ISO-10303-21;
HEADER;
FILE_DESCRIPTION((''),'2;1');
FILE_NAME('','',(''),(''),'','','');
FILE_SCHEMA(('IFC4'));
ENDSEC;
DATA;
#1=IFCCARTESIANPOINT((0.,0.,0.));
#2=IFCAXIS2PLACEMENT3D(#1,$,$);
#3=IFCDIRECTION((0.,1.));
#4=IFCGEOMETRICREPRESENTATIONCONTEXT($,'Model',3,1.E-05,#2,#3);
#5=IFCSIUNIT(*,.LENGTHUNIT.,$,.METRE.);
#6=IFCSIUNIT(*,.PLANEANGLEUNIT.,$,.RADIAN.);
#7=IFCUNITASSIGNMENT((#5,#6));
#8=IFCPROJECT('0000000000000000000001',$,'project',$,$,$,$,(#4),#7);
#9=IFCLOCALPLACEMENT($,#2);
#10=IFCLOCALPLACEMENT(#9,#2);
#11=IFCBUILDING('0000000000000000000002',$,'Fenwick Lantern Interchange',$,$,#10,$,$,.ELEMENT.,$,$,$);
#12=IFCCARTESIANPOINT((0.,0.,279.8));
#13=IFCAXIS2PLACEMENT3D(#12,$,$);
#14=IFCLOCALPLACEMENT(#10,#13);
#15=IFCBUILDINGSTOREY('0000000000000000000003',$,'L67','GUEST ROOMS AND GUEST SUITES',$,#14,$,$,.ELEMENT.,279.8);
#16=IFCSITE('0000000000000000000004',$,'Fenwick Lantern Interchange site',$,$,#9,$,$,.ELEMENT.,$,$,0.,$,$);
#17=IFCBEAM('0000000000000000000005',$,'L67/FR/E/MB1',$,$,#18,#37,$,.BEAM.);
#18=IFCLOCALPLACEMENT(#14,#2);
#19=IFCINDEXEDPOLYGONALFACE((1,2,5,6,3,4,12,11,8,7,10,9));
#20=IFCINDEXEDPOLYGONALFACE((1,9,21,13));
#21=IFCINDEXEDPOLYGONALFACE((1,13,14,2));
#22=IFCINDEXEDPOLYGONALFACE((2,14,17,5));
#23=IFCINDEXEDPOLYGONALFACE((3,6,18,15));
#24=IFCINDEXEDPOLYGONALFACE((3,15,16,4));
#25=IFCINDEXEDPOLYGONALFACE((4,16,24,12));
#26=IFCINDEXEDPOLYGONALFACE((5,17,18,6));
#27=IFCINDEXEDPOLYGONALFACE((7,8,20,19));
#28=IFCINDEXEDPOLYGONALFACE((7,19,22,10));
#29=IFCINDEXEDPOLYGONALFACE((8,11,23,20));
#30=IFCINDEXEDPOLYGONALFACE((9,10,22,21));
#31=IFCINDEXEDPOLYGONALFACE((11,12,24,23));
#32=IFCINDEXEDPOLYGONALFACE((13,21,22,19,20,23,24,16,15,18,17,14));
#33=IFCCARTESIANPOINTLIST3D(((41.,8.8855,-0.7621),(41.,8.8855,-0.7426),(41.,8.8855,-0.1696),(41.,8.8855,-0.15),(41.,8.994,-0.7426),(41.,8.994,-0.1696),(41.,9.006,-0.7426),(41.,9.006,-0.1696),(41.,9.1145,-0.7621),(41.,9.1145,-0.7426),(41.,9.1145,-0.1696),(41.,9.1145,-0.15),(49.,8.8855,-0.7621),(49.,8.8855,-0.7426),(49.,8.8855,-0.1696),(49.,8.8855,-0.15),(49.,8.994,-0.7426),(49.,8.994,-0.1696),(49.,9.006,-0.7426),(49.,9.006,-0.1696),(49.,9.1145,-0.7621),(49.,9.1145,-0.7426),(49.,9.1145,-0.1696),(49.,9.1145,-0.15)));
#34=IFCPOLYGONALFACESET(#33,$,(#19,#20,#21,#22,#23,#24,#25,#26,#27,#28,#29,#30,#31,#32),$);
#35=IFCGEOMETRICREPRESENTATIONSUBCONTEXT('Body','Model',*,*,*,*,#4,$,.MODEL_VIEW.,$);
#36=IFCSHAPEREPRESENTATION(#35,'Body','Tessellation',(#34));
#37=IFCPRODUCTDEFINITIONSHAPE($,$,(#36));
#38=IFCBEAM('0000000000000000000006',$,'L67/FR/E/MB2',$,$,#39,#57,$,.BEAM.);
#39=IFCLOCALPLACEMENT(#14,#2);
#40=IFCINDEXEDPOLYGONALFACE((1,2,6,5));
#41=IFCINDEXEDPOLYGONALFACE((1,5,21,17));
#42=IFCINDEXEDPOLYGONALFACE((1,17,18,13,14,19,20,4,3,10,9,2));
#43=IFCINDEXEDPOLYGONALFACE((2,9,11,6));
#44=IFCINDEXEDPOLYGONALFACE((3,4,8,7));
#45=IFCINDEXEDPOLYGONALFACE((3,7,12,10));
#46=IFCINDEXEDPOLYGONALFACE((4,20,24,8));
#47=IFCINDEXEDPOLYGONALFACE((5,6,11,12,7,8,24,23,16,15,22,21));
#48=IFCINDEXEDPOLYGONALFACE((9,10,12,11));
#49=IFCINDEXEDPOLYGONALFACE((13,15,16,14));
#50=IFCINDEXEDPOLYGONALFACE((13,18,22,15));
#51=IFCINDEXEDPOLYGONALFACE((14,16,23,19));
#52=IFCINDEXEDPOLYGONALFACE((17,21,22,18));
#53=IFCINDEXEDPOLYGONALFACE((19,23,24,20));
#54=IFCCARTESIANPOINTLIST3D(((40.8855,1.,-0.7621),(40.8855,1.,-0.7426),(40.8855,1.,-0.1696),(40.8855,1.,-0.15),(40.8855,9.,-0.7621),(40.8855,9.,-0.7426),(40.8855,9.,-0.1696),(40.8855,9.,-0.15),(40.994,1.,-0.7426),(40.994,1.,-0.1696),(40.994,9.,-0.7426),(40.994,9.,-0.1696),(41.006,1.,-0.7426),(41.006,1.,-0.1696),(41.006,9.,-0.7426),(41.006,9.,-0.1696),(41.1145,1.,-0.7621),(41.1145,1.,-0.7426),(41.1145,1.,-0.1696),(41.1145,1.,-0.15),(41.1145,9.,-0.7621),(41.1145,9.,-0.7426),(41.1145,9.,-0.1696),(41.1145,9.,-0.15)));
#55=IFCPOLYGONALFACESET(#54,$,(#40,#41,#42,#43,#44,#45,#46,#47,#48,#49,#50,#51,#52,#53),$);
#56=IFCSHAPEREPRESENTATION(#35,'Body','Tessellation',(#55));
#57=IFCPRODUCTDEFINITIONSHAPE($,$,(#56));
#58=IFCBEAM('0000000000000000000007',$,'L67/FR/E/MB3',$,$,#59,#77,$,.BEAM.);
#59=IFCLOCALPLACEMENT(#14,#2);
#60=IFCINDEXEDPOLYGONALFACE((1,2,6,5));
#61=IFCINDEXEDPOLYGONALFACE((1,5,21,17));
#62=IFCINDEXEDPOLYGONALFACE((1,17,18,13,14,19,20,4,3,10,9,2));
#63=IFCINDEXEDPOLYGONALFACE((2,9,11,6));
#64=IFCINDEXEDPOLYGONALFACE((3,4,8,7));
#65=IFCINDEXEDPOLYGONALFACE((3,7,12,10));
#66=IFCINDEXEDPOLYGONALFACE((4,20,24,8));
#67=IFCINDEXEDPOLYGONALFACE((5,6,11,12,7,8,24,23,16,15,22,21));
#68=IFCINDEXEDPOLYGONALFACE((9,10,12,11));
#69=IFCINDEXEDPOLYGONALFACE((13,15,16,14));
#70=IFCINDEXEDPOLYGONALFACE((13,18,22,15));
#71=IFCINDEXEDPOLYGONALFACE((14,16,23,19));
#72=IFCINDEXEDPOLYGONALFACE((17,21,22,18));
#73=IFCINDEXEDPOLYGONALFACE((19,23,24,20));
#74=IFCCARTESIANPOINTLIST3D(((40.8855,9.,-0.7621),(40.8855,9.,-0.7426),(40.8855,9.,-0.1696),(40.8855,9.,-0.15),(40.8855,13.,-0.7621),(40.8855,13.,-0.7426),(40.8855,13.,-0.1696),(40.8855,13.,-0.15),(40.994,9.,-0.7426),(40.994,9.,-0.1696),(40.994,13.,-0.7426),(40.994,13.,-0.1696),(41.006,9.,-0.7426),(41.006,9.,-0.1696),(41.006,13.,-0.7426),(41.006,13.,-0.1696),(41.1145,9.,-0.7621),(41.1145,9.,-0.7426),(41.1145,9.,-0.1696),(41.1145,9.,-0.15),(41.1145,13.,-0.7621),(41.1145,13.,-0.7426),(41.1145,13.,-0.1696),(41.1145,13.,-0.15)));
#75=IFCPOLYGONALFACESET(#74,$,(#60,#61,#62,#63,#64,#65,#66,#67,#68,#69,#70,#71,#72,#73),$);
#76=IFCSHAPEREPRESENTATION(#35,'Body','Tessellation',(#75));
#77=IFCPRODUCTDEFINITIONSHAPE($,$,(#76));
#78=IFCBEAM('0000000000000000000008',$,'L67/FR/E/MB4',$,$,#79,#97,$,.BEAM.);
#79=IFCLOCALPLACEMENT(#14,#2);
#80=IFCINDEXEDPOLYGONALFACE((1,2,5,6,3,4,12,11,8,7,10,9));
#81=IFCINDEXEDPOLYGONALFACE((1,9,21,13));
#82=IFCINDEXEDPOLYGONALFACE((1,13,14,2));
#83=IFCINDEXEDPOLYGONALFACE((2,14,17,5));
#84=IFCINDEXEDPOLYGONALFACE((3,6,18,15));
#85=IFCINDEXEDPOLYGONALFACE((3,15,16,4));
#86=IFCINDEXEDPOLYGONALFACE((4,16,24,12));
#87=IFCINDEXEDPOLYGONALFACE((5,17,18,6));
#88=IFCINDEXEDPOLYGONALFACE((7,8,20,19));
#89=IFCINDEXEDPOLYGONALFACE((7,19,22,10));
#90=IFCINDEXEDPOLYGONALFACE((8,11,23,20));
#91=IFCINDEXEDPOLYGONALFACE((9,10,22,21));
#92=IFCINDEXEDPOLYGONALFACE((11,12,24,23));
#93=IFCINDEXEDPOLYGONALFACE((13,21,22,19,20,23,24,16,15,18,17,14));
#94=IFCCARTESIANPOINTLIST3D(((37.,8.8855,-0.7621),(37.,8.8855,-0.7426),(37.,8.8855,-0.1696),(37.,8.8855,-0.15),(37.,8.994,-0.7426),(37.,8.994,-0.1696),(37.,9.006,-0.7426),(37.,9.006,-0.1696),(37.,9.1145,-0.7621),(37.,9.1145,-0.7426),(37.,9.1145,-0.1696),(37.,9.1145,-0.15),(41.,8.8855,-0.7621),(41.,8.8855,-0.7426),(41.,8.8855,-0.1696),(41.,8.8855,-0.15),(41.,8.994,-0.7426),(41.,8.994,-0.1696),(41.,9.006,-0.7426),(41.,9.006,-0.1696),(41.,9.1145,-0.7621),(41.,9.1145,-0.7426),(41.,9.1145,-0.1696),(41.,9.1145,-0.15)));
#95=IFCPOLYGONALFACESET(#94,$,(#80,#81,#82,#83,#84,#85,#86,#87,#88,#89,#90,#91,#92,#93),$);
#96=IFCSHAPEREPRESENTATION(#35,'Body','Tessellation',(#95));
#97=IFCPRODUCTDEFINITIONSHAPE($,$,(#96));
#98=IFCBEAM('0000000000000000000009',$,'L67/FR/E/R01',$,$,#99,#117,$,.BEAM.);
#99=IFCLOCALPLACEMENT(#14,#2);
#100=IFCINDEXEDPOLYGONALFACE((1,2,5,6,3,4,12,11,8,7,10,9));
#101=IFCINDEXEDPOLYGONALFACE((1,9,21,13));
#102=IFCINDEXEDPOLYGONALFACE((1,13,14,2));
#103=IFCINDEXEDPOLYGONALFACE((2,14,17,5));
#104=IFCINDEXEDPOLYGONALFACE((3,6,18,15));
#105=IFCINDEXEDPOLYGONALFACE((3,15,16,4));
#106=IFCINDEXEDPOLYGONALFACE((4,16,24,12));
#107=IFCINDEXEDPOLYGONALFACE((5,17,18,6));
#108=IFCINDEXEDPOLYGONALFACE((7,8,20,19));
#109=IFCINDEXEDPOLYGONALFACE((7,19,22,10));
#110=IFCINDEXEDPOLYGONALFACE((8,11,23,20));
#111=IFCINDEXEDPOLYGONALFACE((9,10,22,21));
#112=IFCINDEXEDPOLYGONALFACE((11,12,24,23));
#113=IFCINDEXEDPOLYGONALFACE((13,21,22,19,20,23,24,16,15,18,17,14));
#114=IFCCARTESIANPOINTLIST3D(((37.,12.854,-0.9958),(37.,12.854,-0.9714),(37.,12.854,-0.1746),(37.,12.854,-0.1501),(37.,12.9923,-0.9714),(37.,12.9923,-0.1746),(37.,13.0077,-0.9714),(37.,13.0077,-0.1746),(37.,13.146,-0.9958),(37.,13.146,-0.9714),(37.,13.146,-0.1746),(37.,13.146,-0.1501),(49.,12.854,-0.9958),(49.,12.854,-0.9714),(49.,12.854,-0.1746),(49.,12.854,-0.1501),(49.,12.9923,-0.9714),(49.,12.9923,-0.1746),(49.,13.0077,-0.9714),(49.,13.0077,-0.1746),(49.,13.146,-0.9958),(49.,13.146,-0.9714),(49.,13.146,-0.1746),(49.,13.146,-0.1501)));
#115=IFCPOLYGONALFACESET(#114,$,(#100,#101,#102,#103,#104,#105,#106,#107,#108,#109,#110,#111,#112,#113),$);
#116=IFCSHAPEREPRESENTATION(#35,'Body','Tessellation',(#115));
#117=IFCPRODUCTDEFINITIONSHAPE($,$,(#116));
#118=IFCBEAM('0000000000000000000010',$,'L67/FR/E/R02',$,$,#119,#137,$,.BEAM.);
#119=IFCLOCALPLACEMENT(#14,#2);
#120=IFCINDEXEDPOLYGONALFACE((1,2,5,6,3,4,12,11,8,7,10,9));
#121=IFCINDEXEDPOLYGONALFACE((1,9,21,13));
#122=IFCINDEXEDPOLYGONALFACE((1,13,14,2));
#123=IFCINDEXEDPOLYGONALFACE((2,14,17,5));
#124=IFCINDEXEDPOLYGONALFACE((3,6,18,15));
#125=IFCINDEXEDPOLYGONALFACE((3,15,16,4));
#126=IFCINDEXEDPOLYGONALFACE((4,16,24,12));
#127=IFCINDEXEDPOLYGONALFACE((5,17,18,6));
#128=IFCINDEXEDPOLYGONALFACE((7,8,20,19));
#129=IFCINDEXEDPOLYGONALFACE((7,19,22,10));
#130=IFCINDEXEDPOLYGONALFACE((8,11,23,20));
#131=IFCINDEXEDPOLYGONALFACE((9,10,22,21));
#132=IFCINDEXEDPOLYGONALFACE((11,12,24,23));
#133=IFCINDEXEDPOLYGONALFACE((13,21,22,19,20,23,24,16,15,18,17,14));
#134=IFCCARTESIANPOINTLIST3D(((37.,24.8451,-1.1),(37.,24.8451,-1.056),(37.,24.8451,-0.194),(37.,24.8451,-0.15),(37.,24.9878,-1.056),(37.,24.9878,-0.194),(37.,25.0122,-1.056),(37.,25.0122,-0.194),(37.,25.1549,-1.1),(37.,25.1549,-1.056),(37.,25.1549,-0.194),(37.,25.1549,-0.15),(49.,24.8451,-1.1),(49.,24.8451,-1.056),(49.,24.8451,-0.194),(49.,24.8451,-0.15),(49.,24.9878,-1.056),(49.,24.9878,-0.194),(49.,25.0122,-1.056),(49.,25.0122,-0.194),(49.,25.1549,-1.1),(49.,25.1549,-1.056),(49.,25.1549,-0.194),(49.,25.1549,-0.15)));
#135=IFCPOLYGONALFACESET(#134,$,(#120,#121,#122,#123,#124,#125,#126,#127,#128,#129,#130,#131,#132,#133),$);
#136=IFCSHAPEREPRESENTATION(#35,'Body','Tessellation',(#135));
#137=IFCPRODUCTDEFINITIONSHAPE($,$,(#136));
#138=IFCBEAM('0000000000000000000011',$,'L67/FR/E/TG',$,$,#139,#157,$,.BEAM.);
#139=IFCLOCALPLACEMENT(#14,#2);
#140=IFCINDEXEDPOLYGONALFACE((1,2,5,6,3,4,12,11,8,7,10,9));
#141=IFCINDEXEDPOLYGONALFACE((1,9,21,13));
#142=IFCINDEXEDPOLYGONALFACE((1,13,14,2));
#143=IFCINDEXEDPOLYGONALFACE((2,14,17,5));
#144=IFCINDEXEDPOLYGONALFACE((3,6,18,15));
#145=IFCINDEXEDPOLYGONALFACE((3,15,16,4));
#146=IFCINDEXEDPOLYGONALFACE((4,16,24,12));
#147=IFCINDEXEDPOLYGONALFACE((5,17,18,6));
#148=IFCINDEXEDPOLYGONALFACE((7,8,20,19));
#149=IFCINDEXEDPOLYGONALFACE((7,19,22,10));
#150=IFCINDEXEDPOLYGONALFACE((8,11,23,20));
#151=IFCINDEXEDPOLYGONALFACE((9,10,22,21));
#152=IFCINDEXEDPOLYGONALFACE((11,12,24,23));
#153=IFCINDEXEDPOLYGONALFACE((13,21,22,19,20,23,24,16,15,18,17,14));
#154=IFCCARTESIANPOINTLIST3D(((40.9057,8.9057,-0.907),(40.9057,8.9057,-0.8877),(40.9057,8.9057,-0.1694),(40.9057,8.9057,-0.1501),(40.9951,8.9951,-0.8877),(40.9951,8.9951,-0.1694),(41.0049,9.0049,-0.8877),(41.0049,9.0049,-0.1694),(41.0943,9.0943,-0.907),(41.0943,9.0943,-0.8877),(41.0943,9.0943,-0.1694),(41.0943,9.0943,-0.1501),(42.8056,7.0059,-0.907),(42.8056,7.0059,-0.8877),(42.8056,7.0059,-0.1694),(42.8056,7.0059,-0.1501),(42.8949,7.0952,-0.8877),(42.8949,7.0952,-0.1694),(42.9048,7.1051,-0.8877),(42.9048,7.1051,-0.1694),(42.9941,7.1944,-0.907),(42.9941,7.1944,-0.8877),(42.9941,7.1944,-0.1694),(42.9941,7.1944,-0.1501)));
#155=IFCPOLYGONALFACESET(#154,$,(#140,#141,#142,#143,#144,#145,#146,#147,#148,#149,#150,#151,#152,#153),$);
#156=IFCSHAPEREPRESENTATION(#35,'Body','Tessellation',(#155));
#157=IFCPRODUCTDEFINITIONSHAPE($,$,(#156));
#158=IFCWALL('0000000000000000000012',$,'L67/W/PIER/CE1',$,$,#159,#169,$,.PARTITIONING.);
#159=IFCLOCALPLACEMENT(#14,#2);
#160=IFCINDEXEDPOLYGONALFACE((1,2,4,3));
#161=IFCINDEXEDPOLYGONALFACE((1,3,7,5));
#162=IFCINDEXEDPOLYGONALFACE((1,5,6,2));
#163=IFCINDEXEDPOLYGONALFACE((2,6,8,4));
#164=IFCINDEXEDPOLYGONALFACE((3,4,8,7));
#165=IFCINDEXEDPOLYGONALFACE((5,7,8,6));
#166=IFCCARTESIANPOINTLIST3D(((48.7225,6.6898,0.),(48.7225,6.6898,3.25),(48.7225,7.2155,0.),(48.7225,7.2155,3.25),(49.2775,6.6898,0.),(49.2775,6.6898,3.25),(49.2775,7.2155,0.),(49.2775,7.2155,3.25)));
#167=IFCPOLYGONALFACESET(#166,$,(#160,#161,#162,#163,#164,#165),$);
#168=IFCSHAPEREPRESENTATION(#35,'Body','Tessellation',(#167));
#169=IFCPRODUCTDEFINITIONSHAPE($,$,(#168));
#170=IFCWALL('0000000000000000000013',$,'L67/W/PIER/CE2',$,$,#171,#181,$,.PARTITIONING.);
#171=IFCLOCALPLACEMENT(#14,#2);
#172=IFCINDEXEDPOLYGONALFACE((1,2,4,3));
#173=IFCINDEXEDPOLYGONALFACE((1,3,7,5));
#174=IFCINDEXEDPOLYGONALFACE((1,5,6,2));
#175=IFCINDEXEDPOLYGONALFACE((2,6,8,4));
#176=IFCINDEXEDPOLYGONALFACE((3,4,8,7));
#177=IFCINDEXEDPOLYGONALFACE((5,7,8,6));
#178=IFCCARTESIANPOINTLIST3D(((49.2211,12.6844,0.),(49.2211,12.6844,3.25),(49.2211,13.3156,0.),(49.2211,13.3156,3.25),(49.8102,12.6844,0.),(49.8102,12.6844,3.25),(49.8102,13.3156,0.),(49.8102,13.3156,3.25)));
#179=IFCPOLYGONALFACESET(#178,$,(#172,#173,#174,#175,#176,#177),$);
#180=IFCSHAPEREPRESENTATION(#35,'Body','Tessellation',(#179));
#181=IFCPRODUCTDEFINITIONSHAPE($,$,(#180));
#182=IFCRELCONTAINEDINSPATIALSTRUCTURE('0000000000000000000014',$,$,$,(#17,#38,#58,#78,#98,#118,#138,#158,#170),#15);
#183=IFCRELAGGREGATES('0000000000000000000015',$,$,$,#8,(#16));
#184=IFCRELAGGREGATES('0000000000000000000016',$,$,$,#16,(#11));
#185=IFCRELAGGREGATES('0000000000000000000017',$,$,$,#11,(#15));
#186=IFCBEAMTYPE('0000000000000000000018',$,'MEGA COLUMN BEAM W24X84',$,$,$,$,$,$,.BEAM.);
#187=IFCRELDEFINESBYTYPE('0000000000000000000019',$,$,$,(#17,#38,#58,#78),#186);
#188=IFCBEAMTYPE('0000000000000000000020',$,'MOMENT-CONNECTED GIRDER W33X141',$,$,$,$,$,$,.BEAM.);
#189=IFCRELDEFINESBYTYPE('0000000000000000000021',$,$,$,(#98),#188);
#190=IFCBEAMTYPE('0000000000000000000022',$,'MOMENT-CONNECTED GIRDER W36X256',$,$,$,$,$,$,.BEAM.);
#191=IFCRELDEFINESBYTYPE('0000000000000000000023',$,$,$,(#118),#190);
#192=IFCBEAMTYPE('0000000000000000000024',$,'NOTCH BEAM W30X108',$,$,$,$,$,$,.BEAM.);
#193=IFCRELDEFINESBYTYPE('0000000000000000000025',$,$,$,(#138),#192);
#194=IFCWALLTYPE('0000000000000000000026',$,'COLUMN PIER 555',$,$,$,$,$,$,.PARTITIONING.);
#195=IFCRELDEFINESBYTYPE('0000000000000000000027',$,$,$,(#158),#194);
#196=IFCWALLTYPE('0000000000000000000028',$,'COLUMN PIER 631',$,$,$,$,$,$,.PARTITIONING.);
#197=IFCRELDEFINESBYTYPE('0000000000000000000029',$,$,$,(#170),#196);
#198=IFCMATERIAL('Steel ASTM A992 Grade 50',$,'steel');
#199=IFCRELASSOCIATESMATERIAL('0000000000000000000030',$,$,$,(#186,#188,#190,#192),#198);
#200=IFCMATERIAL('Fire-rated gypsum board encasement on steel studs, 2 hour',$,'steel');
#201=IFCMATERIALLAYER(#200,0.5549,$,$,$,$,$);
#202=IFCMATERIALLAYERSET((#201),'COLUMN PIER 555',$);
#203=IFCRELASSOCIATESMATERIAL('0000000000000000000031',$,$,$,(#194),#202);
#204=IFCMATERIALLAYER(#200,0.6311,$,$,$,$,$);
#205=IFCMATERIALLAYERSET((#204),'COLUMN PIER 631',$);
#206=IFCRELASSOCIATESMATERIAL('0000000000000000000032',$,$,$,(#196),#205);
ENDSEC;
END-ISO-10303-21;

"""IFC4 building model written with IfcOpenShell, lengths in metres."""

from ifc_helpers import new_model, si_unit, direction, frame, frame_2d, origin, origin_2d, place, context, subcontext, project, spatial, rectangle, i_section, extrude, material, layer, layer_set, material_profile, profile_set, type_object, element, save


model = new_model("IFC4")

# Units and contexts
model_context = context("Model", 3, precision=1e-05, world=origin(), true_north=direction((0.0, 1.0)))
body_context = subcontext(model_context, "Body", "Model", "MODEL_VIEW")
ifc_project = project(units=[si_unit("LENGTHUNIT", "METRE"), si_unit("PLANEANGLEUNIT", "RADIAN")], contexts=[model_context])

# Site, building, storey
site_placement = place(None, origin())
site = spatial("IfcSite", under=ifc_project, at=site_placement, Name="Fenwick Lantern Interchange site", CompositionType="ELEMENT", RefElevation=0.0)
building_placement = place(site_placement, origin())
building = spatial("IfcBuilding", under=site, at=building_placement, Name="Fenwick Lantern Interchange", CompositionType="ELEMENT")
storey_placement = place(building_placement, frame((0.0, 0.0, 279.8)))
storey = spatial("IfcBuildingStorey", under=building, at=storey_placement, Name="L67", Description="GUEST ROOMS AND GUEST SUITES", CompositionType="ELEMENT", Elevation=279.8)

# Shared definitions
ifc_material_1 = material(Name="Steel ASTM A992 Grade 50", Category="steel")

# Beams
ifc_material_profile_1 = material_profile(ifc_material_1, i_section(OverallWidth=0.229, OverallDepth=0.6121, WebThickness=0.012, FlangeThickness=0.0195, at=origin_2d()), Name="W24X84")
ifc_profile_set_1 = profile_set([ifc_material_profile_1], Name="Steel ASTM A992 Grade 50")
beam_type_1 = type_object("IfcBeamType", Name="MEGA COLUMN BEAM W24X84", PredefinedType="BEAM", material=ifc_profile_set_1)
for number, where, z_axis, x_axis, name in (
    (1, (41.0, 9.0, -0.4561), (1.0, 0.0, 0.0), (0.0, 1.0, 0.0), "L67/FR/E/MB1"),
    (2, (41.0, 9.0, -0.4561), (0.0, -1.0, 0.0), (1.0, 0.0, 0.0), "L67/FR/E/MB2"),
):
    element("IfcBeam", number, at=place(storey_placement, frame(where, z_axis=z_axis, x_axis=x_axis)), inside=storey, type_object=beam_type_1, Name=name, PredefinedType="BEAM", context=body_context, shape_type="SweptSolid", body=[
        extrude(i_section(OverallWidth=0.229, OverallDepth=0.6121, WebThickness=0.012, FlangeThickness=0.0195, at=origin_2d()), origin(), (0.0, 0.0, 1.0), 8.0),
    ])
for number, where, z_axis, x_axis, name in (
    (3, (41.0, 9.0, -0.4561), (0.0, 1.0, 0.0), (-1.0, 0.0, 0.0), "L67/FR/E/MB3"),
    (4, (41.0, 9.0, -0.4561), (-1.0, 0.0, 0.0), (0.0, -1.0, 0.0), "L67/FR/E/MB4"),
):
    element("IfcBeam", number, at=place(storey_placement, frame(where, z_axis=z_axis, x_axis=x_axis)), inside=storey, type_object=beam_type_1, Name=name, PredefinedType="BEAM", context=body_context, shape_type="SweptSolid", body=[
        extrude(i_section(OverallWidth=0.229, OverallDepth=0.6121, WebThickness=0.012, FlangeThickness=0.0195, at=origin_2d()), origin(), (0.0, 0.0, 1.0), 4.0),
    ])
ifc_material_profile_2 = material_profile(ifc_material_1, i_section(OverallWidth=0.292, OverallDepth=0.8457, WebThickness=0.0154, FlangeThickness=0.0244, at=origin_2d()), Name="W33X141")
ifc_profile_set_2 = profile_set([ifc_material_profile_2], Name="Steel ASTM A992 Grade 50")
beam_type_2 = type_object("IfcBeamType", Name="MOMENT-CONNECTED GIRDER W33X141", PredefinedType="BEAM", material=ifc_profile_set_2)
beam_1_placement = place(storey_placement, frame((49.0, 13.0, -0.573), z_axis=(-1.0, 0.0, 0.0), x_axis=(0.0, -1.0, 0.0)))
element("IfcBeam", 5, at=beam_1_placement, inside=storey, type_object=beam_type_2, Name="L67/FR/E/R01", PredefinedType="BEAM", context=body_context, shape_type="SweptSolid", body=[
    extrude(i_section(OverallWidth=0.292, OverallDepth=0.8457, WebThickness=0.0154, FlangeThickness=0.0244, at=origin_2d()), origin(), (0.0, 0.0, 1.0), 12.0),
])
ifc_material_profile_3 = material_profile(ifc_material_1, i_section(OverallWidth=0.3098, OverallDepth=0.95, WebThickness=0.0244, FlangeThickness=0.0439, at=origin_2d()), Name="W36X256")
ifc_profile_set_3 = profile_set([ifc_material_profile_3], Name="Steel ASTM A992 Grade 50")
beam_type_3 = type_object("IfcBeamType", Name="MOMENT-CONNECTED GIRDER W36X256", PredefinedType="BEAM", material=ifc_profile_set_3)
beam_2_placement = place(storey_placement, frame((49.0, 25.0, -0.625), z_axis=(-1.0, 0.0, 0.0), x_axis=(0.0, -1.0, 0.0)))
element("IfcBeam", 6, at=beam_2_placement, inside=storey, type_object=beam_type_3, Name="L67/FR/E/R02", PredefinedType="BEAM", context=body_context, shape_type="SweptSolid", body=[
    extrude(i_section(OverallWidth=0.3098, OverallDepth=0.95, WebThickness=0.0244, FlangeThickness=0.0439, at=origin_2d()), origin(), (0.0, 0.0, 1.0), 12.0),
])
ifc_material_profile_4 = material_profile(ifc_material_1, i_section(OverallWidth=0.2666, OverallDepth=0.7568, WebThickness=0.0139, FlangeThickness=0.0193, at=origin_2d()), Name="W30X108")
ifc_profile_set_4 = profile_set([ifc_material_profile_4], Name="Steel ASTM A992 Grade 50")
beam_type_4 = type_object("IfcBeamType", Name="NOTCH BEAM W30X108", PredefinedType="BEAM", material=ifc_profile_set_4)
beam_3_placement = place(storey_placement, frame((41.0, 9.0, -0.5286), z_axis=(0.707107, -0.707107, 0.0), x_axis=(0.707107, 0.707107, 0.0)))
element("IfcBeam", 7, at=beam_3_placement, inside=storey, type_object=beam_type_4, Name="L67/FR/E/TG", PredefinedType="BEAM", context=body_context, shape_type="SweptSolid", body=[
    extrude(i_section(OverallWidth=0.2666, OverallDepth=0.7568, WebThickness=0.0139, FlangeThickness=0.0193, at=origin_2d()), origin(), (0.0, 0.0, 1.0), 2.6868),
])

# Walls
ifc_material_2 = material(Name="Fire-rated gypsum board encasement on steel studs, 2 hour", Category="steel")
ifc_layer_1 = layer(ifc_material_2, 0.5549)
ifc_layer_set_1 = layer_set([ifc_layer_1], Name="COLUMN PIER 555")
wall_type_1 = type_object("IfcWallType", Name="COLUMN PIER 555", PredefinedType="PARTITIONING", material=ifc_layer_set_1)
wall_1_placement = place(storey_placement, frame((49.0, 6.6899, 0.0), z_axis=(0.0, 0.0, 1.0), x_axis=(0.0, 1.0, 0.0)))
element("IfcWall", 8, at=wall_1_placement, inside=storey, type_object=wall_type_1, Name="L67/W/PIER/CE1", PredefinedType="PARTITIONING", context=body_context, shape_type="SweptSolid", body=[
    extrude(rectangle(XDim=0.5256, YDim=0.5549, at=frame_2d((0.2627, 0.0))), origin(), (0.0, 0.0, 1.0), 3.25),
])
ifc_layer_2 = layer(ifc_material_2, 0.6311)
ifc_layer_set_2 = layer_set([ifc_layer_2], Name="COLUMN PIER 631")
wall_type_2 = type_object("IfcWallType", Name="COLUMN PIER 631", PredefinedType="PARTITIONING", material=ifc_layer_set_2)
wall_2_placement = place(storey_placement, frame((49.8101, 13.0, 0.0), z_axis=(0.0, 0.0, 1.0), x_axis=(-1.0, 0.0, 0.0)))
element("IfcWall", 9, at=wall_2_placement, inside=storey, type_object=wall_type_2, Name="L67/W/PIER/CE2", PredefinedType="PARTITIONING", context=body_context, shape_type="SweptSolid", body=[
    extrude(rectangle(XDim=0.5891, YDim=0.6311, at=frame_2d((0.2944, 0.0))), origin(), (0.0, 0.0, 1.0), 3.25),
])

save(model, "model.ifc")
